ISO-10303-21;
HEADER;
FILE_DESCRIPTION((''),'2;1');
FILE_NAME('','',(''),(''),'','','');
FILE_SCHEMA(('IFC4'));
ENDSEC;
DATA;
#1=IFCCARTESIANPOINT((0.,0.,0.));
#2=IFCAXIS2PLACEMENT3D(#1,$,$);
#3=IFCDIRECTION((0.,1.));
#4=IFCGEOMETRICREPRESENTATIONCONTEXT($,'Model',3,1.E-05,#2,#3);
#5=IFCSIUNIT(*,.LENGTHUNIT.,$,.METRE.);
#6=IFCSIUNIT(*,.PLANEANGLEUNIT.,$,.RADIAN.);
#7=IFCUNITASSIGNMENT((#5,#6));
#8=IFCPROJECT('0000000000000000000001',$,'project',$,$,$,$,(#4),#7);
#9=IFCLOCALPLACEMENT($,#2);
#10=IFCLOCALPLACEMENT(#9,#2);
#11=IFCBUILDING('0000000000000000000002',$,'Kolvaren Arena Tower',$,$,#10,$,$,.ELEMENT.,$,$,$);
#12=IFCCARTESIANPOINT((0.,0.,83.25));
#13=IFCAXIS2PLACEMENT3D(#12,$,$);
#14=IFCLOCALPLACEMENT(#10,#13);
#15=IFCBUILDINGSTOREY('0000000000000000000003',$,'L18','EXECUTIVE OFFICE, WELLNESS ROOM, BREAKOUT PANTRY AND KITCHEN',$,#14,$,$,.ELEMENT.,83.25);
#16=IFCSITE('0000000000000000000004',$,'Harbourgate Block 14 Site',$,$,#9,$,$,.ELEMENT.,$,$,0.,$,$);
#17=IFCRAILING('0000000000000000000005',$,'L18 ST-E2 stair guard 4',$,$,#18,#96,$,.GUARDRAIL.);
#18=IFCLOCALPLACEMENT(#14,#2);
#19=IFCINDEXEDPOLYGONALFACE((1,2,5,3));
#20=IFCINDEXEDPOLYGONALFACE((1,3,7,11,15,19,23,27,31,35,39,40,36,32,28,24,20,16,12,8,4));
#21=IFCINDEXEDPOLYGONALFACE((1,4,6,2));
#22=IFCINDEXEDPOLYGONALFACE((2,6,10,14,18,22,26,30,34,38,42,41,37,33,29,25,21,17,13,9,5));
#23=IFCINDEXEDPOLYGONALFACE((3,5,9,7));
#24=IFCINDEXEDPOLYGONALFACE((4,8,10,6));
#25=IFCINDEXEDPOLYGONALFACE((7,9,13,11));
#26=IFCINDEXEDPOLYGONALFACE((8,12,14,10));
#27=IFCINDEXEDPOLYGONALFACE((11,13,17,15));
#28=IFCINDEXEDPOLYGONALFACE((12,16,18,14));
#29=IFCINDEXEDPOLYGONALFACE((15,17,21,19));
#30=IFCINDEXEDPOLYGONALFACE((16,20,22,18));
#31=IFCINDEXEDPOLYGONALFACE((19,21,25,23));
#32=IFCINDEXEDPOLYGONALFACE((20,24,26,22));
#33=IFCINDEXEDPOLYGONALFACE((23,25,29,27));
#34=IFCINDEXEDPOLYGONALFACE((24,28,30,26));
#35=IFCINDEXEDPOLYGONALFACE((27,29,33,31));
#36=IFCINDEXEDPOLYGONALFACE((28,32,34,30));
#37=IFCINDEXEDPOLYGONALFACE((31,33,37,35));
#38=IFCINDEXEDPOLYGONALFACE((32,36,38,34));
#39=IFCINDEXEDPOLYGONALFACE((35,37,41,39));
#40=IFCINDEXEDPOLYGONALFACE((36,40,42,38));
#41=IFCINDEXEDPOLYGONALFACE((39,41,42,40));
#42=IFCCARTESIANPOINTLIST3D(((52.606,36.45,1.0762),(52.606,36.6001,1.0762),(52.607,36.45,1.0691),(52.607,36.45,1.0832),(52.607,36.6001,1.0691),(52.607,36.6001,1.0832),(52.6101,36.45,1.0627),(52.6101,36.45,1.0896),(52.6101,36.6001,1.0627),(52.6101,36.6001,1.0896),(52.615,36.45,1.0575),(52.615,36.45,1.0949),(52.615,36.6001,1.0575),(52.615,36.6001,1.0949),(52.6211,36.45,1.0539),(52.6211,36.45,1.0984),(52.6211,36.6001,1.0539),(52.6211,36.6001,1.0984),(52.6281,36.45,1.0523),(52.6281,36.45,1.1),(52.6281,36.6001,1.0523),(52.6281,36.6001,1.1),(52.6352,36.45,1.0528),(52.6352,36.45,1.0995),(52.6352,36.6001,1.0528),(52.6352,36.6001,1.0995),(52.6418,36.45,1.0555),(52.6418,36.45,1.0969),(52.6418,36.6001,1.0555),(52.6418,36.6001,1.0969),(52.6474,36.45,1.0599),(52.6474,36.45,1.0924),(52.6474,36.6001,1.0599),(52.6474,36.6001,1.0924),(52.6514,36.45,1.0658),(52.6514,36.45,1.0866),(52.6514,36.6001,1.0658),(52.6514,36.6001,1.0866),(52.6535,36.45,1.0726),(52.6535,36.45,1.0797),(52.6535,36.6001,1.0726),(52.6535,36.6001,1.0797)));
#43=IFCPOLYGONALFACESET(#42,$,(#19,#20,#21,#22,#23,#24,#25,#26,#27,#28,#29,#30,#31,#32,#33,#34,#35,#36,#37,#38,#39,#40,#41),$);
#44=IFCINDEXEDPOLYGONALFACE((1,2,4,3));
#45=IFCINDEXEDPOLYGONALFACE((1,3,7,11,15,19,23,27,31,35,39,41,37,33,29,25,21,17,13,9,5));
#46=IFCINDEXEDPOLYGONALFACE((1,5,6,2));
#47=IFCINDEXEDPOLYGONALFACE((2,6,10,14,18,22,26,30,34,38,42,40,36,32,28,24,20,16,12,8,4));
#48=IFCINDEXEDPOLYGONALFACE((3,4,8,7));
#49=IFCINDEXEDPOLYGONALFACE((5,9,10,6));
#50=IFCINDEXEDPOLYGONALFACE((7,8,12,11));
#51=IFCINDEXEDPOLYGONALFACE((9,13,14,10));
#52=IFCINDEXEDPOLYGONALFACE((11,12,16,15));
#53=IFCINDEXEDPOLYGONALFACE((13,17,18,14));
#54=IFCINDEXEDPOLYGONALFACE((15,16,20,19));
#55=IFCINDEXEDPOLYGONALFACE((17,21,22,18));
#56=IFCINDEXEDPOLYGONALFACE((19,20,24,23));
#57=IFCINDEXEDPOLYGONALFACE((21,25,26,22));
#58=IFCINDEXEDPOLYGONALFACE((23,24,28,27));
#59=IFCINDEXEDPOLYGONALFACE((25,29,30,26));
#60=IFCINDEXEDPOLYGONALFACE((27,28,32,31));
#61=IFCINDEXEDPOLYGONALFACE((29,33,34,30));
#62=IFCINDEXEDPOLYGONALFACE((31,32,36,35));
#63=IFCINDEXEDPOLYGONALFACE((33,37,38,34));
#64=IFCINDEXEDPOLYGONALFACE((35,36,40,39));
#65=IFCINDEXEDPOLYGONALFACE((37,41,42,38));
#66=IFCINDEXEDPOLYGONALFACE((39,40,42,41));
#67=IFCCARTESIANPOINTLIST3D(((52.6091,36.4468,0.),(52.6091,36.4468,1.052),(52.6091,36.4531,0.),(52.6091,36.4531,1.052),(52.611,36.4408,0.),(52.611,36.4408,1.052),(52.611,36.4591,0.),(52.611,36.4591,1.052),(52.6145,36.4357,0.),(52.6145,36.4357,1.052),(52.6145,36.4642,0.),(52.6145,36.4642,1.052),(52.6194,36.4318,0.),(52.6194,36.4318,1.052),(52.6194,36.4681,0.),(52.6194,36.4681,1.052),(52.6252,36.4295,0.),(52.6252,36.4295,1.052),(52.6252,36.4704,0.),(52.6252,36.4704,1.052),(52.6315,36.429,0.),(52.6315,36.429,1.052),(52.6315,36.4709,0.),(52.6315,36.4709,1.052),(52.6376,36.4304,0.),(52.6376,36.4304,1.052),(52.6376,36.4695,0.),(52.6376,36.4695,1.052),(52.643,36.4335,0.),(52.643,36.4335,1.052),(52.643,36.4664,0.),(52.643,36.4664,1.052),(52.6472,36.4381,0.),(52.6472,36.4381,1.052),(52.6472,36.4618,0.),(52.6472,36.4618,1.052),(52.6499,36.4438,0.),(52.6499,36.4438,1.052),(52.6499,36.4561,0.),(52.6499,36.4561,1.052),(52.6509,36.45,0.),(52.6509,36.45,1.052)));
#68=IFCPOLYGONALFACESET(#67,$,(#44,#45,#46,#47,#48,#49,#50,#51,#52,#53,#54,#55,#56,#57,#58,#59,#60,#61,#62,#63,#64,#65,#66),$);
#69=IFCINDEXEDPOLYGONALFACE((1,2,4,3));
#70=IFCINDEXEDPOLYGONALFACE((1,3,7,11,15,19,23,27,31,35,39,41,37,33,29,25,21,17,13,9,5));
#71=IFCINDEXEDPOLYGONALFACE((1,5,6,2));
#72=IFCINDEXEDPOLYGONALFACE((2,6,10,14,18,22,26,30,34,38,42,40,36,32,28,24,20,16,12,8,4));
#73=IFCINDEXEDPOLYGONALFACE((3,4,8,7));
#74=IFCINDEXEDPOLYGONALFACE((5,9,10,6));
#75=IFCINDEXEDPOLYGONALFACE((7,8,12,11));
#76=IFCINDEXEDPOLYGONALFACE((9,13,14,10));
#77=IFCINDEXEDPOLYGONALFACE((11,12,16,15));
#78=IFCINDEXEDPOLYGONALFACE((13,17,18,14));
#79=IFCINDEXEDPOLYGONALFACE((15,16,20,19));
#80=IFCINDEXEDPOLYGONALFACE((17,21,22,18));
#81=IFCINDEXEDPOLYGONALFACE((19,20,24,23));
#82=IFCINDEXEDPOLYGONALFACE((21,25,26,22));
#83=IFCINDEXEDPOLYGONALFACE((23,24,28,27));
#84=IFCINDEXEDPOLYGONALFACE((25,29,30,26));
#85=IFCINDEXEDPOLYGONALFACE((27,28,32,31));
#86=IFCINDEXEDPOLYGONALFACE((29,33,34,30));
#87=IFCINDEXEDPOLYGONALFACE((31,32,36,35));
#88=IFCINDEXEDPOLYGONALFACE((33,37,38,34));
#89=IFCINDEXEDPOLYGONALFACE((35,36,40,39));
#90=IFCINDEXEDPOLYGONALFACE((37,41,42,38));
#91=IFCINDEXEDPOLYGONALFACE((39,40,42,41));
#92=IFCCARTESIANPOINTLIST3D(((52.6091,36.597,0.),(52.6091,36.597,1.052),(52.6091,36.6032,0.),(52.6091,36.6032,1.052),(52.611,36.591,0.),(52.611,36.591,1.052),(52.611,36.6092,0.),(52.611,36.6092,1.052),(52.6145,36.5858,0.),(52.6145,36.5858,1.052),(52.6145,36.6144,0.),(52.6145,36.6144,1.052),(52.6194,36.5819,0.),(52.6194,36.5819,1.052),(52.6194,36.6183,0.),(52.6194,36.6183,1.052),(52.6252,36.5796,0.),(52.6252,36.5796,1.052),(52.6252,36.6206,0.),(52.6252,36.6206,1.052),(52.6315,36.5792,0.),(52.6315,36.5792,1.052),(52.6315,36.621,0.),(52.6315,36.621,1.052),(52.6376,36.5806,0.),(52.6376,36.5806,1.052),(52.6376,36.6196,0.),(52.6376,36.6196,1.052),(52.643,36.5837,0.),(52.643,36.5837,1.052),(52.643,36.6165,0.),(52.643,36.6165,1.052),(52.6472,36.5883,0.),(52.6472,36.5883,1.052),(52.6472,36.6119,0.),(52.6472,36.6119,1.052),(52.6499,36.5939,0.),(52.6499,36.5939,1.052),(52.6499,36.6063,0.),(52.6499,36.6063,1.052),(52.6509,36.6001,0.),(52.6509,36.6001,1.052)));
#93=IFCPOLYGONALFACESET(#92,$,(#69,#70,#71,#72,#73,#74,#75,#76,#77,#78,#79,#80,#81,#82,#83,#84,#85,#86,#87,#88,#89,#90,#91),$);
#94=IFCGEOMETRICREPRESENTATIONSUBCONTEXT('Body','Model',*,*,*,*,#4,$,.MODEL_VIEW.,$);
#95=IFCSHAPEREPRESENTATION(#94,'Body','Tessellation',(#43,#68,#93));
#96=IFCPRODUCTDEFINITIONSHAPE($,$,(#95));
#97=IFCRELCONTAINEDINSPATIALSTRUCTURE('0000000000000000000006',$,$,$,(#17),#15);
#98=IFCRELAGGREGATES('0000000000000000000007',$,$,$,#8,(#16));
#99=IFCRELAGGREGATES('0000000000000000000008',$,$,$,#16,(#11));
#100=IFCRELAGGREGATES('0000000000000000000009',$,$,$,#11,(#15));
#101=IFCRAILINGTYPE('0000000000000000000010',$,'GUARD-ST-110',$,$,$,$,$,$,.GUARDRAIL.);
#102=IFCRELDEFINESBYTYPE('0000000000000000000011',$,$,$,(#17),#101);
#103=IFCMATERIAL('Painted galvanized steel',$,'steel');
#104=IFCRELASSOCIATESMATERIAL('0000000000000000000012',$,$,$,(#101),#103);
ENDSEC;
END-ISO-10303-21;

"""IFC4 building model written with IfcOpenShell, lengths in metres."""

from ifc_helpers import new_model, si_unit, direction, frame, origin, origin_2d, place, context, subcontext, project, spatial, circle, extrude, material, type_object, element, save


model = new_model("IFC4")

# Units and contexts
model_context = context("Model", 3, precision=1e-05, world=origin(), true_north=direction((0.0, 1.0)))
body_context = subcontext(model_context, "Body", "Model", "MODEL_VIEW")
ifc_project = project(units=[si_unit("LENGTHUNIT", "METRE"), si_unit("PLANEANGLEUNIT", "RADIAN")], contexts=[model_context])

# Site, building, storey
site_placement = place(None, origin())
site = spatial("IfcSite", under=ifc_project, at=site_placement, Name="Harbourgate Block 14 Site", CompositionType="ELEMENT", RefElevation=0.0)
building_placement = place(site_placement, origin())
building = spatial("IfcBuilding", under=site, at=building_placement, Name="Kolvaren Arena Tower", CompositionType="ELEMENT")
storey_placement = place(building_placement, frame((0.0, 0.0, 83.25)))
storey = spatial("IfcBuildingStorey", under=building, at=storey_placement, Name="L18", Description="EXECUTIVE OFFICE, WELLNESS ROOM, BREAKOUT PANTRY AND KITCHEN", CompositionType="ELEMENT", Elevation=83.25)

# Railing
ifc_material_1 = material(Name="Painted galvanized steel", Category="steel")
railing_type_1 = type_object("IfcRailingType", Name="GUARD-ST-110", PredefinedType="GUARDRAIL", material=ifc_material_1)
railing_1_placement = place(storey_placement, frame((52.6299, 36.45, 0.0)))
element("IfcRailing", 1, at=railing_1_placement, inside=storey, type_object=railing_type_1, Name="L18 ST-E2 stair guard 4", PredefinedType="GUARDRAIL", context=body_context, shape_type="SweptSolid", body=[
    extrude(circle(Radius=0.0239, at=origin_2d()), frame((0.0, 0.0, 1.0762), z_axis=(0.0, 1.0, 0.0), x_axis=(-1.0, 0.0, 0.0)), (0.0, 0.0, 1.0), 0.1501),
    extrude(circle(Radius=0.021, at=origin_2d()), origin(), (0.0, 0.0, 1.0), 1.052),
    extrude(circle(Radius=0.021, at=origin_2d()), frame((0.0, 0.1501, 0.0)), (0.0, 0.0, 1.0), 1.052),
])

save(model, "model.ifc")
